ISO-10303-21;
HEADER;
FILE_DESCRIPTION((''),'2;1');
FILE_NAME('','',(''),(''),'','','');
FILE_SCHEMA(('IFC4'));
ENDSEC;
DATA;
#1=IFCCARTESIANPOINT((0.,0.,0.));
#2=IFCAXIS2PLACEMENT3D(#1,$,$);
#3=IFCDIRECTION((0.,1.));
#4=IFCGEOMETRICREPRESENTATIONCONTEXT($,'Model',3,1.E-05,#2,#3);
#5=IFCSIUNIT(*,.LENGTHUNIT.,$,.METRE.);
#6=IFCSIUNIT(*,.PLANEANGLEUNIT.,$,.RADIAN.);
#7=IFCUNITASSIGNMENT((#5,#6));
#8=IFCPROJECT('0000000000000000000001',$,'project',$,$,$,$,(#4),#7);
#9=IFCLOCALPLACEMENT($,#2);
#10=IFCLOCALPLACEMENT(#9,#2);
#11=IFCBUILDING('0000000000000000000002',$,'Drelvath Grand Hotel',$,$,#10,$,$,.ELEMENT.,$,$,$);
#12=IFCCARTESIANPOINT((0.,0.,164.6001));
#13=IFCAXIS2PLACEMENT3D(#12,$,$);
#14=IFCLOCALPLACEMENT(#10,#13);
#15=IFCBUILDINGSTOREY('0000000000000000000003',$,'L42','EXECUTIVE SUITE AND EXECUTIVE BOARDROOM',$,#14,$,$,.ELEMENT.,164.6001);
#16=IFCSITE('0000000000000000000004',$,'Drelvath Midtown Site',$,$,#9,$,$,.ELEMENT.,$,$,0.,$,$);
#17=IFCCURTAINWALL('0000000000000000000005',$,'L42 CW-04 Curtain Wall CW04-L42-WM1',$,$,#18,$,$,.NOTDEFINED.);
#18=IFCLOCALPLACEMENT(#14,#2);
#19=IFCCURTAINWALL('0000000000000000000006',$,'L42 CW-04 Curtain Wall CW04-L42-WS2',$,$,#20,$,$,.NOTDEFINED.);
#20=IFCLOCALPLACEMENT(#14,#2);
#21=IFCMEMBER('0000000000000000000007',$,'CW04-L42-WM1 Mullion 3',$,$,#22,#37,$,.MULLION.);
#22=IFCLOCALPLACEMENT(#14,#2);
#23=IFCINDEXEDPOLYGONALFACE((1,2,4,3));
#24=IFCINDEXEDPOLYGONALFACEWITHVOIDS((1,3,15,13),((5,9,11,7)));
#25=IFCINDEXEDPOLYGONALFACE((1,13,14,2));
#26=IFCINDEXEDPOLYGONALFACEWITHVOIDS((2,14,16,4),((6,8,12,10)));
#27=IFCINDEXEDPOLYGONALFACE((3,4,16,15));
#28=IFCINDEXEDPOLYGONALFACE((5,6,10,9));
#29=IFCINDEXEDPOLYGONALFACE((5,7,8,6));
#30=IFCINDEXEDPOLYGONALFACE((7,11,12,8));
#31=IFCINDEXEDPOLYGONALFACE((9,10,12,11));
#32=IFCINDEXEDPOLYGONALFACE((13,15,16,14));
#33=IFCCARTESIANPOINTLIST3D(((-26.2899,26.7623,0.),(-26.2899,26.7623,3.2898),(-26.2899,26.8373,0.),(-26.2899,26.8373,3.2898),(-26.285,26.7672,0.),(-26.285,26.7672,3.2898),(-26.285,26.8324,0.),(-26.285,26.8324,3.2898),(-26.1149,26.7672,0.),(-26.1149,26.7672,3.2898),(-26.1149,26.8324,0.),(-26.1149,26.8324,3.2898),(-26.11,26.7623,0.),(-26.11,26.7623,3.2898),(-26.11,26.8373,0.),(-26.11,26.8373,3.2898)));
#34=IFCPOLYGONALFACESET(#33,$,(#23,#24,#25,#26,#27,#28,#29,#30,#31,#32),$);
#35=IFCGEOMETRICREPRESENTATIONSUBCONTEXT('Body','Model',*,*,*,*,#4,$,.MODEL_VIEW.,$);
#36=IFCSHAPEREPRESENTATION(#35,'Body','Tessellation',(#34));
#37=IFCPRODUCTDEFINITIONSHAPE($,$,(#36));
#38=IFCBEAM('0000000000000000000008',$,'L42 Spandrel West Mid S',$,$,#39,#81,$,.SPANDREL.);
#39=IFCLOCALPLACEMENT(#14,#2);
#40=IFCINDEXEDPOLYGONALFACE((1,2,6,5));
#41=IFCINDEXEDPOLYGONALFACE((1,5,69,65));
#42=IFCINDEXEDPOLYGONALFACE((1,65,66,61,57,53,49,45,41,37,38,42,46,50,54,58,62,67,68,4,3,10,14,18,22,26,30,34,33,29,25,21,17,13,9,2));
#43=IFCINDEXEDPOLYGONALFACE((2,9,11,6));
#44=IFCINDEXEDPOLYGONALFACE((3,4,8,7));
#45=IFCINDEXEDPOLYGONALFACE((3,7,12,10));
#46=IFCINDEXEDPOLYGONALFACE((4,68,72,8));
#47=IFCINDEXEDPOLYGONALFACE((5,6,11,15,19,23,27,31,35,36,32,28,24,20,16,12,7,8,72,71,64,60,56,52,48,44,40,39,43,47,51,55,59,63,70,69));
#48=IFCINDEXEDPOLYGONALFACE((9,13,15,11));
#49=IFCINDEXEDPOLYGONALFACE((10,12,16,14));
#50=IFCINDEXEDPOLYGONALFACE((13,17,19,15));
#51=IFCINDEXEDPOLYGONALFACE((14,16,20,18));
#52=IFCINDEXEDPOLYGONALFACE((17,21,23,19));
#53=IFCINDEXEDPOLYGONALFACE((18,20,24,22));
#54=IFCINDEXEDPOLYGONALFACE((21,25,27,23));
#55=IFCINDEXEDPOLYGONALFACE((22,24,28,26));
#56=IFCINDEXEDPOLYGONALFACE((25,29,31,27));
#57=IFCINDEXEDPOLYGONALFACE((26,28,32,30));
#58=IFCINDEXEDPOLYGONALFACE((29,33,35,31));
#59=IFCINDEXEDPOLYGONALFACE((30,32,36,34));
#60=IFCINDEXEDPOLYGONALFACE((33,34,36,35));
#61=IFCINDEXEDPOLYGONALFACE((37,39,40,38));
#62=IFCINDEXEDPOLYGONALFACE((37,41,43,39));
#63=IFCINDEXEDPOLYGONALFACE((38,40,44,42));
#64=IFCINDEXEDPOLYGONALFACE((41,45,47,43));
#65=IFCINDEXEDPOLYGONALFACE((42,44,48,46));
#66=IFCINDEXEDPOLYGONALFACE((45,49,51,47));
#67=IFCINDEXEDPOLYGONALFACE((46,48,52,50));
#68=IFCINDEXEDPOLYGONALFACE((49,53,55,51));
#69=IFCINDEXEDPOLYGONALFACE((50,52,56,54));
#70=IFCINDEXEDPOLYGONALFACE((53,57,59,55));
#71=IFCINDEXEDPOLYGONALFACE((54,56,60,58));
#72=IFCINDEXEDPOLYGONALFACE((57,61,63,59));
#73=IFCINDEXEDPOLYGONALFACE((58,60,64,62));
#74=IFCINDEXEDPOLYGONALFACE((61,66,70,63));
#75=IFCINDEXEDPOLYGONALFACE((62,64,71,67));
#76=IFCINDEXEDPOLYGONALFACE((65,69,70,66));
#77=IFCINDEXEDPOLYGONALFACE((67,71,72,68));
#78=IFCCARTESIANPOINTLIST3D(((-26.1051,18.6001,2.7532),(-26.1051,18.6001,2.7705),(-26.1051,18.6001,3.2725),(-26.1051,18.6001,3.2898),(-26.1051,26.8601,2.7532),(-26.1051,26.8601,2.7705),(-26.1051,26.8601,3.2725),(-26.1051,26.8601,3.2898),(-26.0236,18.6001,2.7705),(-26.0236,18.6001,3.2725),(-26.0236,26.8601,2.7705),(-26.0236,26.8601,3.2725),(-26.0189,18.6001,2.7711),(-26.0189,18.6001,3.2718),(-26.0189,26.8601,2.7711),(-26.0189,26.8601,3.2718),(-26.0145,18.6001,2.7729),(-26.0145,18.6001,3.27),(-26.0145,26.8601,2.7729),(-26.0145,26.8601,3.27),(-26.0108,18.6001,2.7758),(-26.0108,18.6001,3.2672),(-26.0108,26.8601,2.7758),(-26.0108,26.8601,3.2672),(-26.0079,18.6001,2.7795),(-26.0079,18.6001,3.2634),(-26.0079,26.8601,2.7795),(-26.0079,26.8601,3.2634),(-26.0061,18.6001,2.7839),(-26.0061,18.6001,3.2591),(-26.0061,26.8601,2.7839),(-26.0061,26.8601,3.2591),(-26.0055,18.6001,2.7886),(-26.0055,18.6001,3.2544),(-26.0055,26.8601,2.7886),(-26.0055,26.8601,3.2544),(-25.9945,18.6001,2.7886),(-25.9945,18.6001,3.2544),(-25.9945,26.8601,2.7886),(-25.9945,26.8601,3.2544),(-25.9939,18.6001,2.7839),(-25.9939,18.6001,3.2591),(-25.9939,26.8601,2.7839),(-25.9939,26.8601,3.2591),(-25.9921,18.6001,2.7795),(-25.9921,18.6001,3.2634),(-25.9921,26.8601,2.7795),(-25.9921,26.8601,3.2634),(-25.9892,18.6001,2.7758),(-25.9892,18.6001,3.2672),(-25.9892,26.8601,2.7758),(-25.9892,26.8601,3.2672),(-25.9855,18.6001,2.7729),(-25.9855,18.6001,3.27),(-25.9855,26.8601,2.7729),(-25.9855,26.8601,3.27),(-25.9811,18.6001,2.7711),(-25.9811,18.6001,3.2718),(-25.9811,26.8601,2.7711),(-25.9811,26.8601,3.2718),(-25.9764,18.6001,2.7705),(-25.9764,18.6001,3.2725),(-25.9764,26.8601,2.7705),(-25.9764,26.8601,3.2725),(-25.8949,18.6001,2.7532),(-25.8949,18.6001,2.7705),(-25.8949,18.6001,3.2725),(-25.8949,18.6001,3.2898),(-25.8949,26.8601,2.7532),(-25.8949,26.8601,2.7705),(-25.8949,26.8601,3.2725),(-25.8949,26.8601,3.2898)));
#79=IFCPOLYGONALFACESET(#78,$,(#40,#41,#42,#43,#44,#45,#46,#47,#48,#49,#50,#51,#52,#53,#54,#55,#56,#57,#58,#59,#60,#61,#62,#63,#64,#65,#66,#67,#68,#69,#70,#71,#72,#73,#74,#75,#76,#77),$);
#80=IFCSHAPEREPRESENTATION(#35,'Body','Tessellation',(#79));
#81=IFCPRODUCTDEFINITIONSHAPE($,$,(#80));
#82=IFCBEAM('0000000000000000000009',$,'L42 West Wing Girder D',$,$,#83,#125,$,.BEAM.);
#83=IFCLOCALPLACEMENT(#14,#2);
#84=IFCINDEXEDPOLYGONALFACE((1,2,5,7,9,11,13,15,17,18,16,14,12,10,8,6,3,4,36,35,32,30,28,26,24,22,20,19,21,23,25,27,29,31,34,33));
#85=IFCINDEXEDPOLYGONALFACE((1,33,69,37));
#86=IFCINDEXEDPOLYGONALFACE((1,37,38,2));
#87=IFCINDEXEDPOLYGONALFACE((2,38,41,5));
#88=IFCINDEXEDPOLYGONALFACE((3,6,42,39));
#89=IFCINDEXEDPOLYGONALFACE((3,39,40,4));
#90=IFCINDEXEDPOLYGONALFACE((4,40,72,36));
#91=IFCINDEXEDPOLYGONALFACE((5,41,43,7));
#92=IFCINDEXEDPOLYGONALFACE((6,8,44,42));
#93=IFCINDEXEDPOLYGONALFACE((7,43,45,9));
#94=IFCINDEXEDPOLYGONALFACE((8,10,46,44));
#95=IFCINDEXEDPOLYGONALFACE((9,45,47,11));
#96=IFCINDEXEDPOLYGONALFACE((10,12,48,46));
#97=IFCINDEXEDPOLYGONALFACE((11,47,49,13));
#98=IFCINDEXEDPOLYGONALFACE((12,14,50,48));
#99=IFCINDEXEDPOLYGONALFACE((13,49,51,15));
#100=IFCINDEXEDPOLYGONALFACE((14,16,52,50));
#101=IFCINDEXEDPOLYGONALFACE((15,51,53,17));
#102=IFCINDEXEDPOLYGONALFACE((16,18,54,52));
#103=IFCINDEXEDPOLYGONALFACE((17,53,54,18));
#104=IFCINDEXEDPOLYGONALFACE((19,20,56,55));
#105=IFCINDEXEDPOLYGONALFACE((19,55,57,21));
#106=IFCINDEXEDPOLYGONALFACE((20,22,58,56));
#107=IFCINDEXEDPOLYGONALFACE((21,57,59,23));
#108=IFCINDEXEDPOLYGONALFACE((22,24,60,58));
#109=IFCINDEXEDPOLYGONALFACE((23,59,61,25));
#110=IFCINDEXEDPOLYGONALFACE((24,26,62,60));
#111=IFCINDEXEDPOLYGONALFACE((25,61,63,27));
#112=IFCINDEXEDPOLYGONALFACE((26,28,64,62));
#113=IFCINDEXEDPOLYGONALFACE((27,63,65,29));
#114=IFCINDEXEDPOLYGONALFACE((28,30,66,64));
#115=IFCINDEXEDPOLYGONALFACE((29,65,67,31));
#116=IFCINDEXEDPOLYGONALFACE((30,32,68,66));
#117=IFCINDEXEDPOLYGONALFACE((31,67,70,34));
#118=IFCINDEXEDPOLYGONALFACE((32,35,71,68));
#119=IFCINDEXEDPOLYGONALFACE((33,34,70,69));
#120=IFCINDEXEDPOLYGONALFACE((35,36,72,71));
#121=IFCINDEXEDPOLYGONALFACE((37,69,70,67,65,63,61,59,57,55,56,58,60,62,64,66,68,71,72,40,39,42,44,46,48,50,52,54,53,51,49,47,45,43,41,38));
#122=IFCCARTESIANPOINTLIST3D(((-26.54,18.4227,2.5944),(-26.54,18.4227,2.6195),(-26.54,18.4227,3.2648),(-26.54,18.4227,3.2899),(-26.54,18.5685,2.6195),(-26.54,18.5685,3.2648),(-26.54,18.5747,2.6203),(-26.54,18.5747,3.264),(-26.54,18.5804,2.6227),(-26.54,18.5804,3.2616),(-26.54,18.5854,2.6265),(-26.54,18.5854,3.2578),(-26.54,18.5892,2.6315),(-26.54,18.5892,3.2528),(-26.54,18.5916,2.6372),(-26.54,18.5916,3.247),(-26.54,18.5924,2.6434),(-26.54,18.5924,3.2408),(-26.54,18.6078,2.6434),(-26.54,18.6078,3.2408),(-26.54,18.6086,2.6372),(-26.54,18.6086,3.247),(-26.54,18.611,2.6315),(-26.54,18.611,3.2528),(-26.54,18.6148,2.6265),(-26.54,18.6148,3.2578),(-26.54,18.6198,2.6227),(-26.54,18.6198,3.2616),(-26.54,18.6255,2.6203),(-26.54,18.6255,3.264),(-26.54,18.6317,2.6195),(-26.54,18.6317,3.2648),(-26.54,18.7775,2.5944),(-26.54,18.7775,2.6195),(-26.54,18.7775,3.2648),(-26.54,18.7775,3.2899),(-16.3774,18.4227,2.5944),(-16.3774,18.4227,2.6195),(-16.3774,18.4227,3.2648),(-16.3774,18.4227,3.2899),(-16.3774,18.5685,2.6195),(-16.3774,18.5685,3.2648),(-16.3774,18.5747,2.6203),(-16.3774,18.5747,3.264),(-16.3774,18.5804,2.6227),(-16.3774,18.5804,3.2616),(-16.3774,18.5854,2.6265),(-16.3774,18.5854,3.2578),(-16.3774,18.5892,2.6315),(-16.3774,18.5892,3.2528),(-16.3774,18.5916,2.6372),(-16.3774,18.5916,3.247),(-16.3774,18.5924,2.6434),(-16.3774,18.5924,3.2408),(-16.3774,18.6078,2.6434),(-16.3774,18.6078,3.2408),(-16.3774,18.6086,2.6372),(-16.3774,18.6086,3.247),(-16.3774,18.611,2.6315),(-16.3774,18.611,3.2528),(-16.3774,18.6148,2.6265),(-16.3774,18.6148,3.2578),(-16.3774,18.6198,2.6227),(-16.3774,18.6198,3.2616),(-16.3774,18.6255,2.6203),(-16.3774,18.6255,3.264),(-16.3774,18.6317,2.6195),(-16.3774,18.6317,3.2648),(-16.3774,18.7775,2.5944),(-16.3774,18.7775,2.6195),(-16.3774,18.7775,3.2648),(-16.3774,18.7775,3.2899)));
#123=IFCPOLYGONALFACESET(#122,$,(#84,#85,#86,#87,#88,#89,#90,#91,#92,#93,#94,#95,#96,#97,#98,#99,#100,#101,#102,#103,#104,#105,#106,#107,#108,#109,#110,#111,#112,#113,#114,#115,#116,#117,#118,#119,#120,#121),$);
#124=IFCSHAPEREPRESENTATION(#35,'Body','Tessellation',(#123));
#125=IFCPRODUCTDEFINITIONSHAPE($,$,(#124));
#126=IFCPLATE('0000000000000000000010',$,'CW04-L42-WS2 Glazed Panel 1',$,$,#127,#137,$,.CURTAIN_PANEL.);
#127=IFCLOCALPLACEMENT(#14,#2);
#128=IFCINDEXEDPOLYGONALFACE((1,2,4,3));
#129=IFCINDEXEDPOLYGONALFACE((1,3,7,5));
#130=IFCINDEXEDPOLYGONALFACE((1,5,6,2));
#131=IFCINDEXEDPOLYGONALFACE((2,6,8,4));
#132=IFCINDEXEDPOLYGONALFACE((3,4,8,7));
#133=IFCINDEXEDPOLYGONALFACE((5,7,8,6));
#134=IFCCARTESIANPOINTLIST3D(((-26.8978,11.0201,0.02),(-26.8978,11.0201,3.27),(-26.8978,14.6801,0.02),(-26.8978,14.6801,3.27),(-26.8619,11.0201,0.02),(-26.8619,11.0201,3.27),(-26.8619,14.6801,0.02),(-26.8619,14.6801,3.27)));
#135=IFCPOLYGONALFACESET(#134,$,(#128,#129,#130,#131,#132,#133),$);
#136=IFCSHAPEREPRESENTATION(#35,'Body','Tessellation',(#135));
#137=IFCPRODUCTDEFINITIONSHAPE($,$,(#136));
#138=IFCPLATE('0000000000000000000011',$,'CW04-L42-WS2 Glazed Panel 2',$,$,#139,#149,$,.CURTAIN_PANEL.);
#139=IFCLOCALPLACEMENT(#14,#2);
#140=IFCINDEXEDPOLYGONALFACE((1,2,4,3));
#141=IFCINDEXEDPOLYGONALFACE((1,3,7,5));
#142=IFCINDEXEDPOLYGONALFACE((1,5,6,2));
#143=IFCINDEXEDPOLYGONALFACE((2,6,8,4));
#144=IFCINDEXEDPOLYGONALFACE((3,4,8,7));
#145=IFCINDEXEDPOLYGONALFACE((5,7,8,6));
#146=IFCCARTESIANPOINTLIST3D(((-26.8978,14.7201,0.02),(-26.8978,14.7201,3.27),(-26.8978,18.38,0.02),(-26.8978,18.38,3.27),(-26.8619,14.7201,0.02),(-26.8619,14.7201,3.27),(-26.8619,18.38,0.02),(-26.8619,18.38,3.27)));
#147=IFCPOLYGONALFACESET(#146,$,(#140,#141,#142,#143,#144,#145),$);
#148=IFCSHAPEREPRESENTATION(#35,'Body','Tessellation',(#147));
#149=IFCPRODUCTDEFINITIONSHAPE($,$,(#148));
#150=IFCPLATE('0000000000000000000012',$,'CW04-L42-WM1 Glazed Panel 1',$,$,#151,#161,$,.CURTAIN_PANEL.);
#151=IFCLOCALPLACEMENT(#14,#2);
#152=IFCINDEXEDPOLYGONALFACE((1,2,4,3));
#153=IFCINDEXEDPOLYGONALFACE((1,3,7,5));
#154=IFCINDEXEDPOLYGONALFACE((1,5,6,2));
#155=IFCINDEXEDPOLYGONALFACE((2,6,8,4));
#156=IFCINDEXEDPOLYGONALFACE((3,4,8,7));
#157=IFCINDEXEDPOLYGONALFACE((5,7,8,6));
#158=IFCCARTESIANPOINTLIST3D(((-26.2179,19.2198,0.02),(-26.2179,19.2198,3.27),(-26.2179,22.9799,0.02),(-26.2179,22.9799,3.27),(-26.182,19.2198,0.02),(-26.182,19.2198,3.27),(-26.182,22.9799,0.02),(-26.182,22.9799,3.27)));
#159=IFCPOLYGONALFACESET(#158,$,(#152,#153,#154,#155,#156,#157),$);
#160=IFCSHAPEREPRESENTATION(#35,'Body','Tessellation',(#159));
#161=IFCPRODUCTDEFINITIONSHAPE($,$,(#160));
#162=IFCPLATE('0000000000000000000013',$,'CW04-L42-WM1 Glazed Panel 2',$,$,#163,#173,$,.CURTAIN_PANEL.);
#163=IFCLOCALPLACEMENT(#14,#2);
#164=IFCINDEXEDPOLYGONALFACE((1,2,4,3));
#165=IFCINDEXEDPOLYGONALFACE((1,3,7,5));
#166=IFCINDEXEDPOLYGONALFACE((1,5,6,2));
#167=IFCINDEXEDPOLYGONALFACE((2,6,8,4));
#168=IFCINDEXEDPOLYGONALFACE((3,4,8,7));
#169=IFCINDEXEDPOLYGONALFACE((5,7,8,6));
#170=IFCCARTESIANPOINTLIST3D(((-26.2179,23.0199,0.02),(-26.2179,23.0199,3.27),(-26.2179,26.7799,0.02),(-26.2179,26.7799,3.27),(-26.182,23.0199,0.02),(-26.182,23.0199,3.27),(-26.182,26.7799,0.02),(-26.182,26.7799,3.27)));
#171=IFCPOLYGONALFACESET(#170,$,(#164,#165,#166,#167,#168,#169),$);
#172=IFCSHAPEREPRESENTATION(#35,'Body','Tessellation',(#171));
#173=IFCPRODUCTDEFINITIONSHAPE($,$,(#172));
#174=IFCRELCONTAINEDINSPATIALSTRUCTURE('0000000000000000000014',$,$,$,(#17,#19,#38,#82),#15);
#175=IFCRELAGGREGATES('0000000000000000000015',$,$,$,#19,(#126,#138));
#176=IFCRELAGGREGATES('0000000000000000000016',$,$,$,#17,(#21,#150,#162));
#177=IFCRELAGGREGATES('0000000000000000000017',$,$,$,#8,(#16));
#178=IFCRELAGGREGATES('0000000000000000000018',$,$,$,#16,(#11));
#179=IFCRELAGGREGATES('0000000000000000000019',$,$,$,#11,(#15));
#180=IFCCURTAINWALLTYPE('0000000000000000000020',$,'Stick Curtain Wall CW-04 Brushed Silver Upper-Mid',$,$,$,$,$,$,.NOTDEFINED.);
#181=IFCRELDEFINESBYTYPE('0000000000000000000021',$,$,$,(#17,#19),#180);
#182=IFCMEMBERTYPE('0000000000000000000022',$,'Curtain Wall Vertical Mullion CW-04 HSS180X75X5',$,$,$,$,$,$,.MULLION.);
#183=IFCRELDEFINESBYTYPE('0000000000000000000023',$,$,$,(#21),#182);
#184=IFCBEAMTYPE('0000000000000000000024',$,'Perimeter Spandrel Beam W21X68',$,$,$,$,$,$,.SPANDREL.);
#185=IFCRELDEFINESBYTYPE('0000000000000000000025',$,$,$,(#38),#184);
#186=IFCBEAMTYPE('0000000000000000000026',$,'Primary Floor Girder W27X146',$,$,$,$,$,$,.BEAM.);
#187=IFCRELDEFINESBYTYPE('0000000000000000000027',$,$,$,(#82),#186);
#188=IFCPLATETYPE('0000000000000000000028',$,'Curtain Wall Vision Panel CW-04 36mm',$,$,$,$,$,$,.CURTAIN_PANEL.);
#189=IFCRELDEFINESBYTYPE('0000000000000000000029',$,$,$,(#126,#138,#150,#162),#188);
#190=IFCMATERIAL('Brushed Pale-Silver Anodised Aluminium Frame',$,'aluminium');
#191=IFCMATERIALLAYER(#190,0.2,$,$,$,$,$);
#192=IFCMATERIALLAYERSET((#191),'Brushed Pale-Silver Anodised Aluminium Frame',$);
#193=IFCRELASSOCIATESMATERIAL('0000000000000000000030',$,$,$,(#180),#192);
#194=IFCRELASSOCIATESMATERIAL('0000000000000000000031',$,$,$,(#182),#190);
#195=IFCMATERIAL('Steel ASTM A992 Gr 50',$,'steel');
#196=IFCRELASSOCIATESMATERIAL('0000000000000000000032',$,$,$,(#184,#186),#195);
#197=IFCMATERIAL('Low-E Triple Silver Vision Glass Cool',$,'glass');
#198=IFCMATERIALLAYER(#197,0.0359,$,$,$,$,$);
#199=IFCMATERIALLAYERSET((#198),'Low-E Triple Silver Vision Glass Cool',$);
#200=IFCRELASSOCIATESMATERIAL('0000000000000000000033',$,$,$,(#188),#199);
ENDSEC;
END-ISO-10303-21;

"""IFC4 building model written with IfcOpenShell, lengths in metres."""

from ifc_helpers import new_model, si_unit, direction, frame, origin, origin_2d, place, context, subcontext, project, spatial, rectangle, hollow_rectangle, i_section, extrude, material, layer, layer_set, material_profile, profile_set, type_object, element, aggregate, save


model = new_model("IFC4")

# Units and contexts
model_context = context("Model", 3, precision=1e-05, world=origin(), true_north=direction((0.0, 1.0)))
body_context = subcontext(model_context, "Body", "Model", "MODEL_VIEW")
ifc_project = project(units=[si_unit("LENGTHUNIT", "METRE"), si_unit("PLANEANGLEUNIT", "RADIAN")], contexts=[model_context])

# Site, building, storey
site_placement = place(None, origin())
site = spatial("IfcSite", under=ifc_project, at=site_placement, Name="Drelvath Midtown Site", CompositionType="ELEMENT", RefElevation=0.0)
building_placement = place(site_placement, origin())
building = spatial("IfcBuilding", under=site, at=building_placement, Name="Drelvath Grand Hotel", CompositionType="ELEMENT")
storey_placement = place(building_placement, frame((0.0, 0.0, 164.6001)))
storey = spatial("IfcBuildingStorey", under=building, at=storey_placement, Name="L42", Description="EXECUTIVE SUITE AND EXECUTIVE BOARDROOM", CompositionType="ELEMENT", Elevation=164.6001)

# Shared definitions
ifc_material_1 = material(Name="Steel ASTM A992 Gr 50", Category="steel")

# Curtain wall
ifc_material_2 = material(Name="Brushed Pale-Silver Anodised Aluminium Frame", Category="aluminium")
ifc_layer_1 = layer(ifc_material_2, 0.2)
ifc_layer_set_1 = layer_set([ifc_layer_1], Name="Brushed Pale-Silver Anodised Aluminium Frame")
curtain_wall_type = type_object("IfcCurtainWallType", Name="Stick Curtain Wall CW-04 Brushed Silver Upper-Mid", PredefinedType="NOTDEFINED", material=ifc_layer_set_1)
curtain_wall_1_placement = place(storey_placement, origin())
curtain_wall_1 = element("IfcCurtainWall", 1, at=curtain_wall_1_placement, inside=storey, type_object=curtain_wall_type, Name="L42 CW-04 Curtain Wall CW04-L42-WM1", PredefinedType="NOTDEFINED")

# Curtain wall
curtain_wall_2_placement = place(storey_placement, origin())
curtain_wall_2 = element("IfcCurtainWall", 2, at=curtain_wall_2_placement, inside=storey, type_object=curtain_wall_type, Name="L42 CW-04 Curtain Wall CW04-L42-WS2", PredefinedType="NOTDEFINED")
ifc_material_profile_1 = material_profile(ifc_material_2, hollow_rectangle(XDim=0.075, YDim=0.1799, WallThickness=0.0049, at=origin_2d()), Name="HSS180X75X5")
ifc_profile_set_1 = profile_set([ifc_material_profile_1], Name="Brushed Pale-Silver Anodised Aluminium Frame")
member_type_1 = type_object("IfcMemberType", Name="Curtain Wall Vertical Mullion CW-04 HSS180X75X5", PredefinedType="MULLION", material=ifc_profile_set_1)

# Member
member_1_placement = place(storey_placement, frame((-26.2, 26.7998, 0.0), z_axis=(0.0, 0.0, 1.0), x_axis=(0.0, 1.0, 0.0)))
member_1 = element("IfcMember", 3, at=member_1_placement, type_object=member_type_1, Name="CW04-L42-WM1 Mullion 3", PredefinedType="MULLION", context=body_context, shape_type="SweptSolid", body=[
    extrude(hollow_rectangle(XDim=0.075, YDim=0.1799, WallThickness=0.0049, at=origin_2d()), origin(), (0.0, 0.0, 1.0), 3.2898),
])

# Beams
ifc_material_profile_2 = material_profile(ifc_material_1, i_section(OverallWidth=0.2102, OverallDepth=0.5366, WebThickness=0.011, FlangeThickness=0.0173, FilletRadius=0.0181, at=origin_2d()), Name="W21X68")
ifc_profile_set_2 = profile_set([ifc_material_profile_2], Name="Steel ASTM A992 Gr 50")
beam_type_1 = type_object("IfcBeamType", Name="Perimeter Spandrel Beam W21X68", PredefinedType="SPANDREL", material=ifc_profile_set_2)
beam_1_placement = place(storey_placement, frame((-26.0, 18.6001, 3.0215), z_axis=(0.0, 1.0, 0.0), x_axis=(-1.0, 0.0, 0.0)))
element("IfcBeam", 4, at=beam_1_placement, inside=storey, type_object=beam_type_1, Name="L42 Spandrel West Mid S", PredefinedType="SPANDREL", context=body_context, shape_type="SweptSolid", body=[
    extrude(i_section(OverallWidth=0.2102, OverallDepth=0.5366, WebThickness=0.011, FlangeThickness=0.0173, FilletRadius=0.0181, at=origin_2d()), origin(), (0.0, 0.0, 1.0), 8.26),
])
ifc_material_profile_3 = material_profile(ifc_material_1, i_section(OverallWidth=0.3547, OverallDepth=0.6956, WebThickness=0.0154, FlangeThickness=0.0251, FilletRadius=0.0239, at=origin_2d()), Name="W27X146")
ifc_profile_set_3 = profile_set([ifc_material_profile_3], Name="Steel ASTM A992 Gr 50")
beam_type_2 = type_object("IfcBeamType", Name="Primary Floor Girder W27X146", PredefinedType="BEAM", material=ifc_profile_set_3)
beam_2_placement = place(storey_placement, frame((-26.54, 18.6001, 2.9421), z_axis=(1.0, 0.0, 0.0), x_axis=(0.0, 1.0, 0.0)))
element("IfcBeam", 5, at=beam_2_placement, inside=storey, type_object=beam_type_2, Name="L42 West Wing Girder D", PredefinedType="BEAM", context=body_context, shape_type="SweptSolid", body=[
    extrude(i_section(OverallWidth=0.3547, OverallDepth=0.6956, WebThickness=0.0154, FlangeThickness=0.0251, FilletRadius=0.0239, at=origin_2d()), origin(), (0.0, 0.0, 1.0), 10.1626),
])

# Plates
ifc_material_3 = material(Name="Low-E Triple Silver Vision Glass Cool", Category="glass")
ifc_layer_2 = layer(ifc_material_3, 0.0359)
ifc_layer_set_2 = layer_set([ifc_layer_2], Name="Low-E Triple Silver Vision Glass Cool")
plate_type = type_object("IfcPlateType", Name="Curtain Wall Vision Panel CW-04 36mm", PredefinedType="CURTAIN_PANEL", material=ifc_layer_set_2)
plate_1_placement = place(storey_placement, frame((-26.8799, 12.8501, 0.02), z_axis=(0.0, 0.0, 1.0), x_axis=(0.0, 1.0, 0.0)))
plate_1 = element("IfcPlate", 6, at=plate_1_placement, type_object=plate_type, Name="CW04-L42-WS2 Glazed Panel 1", PredefinedType="CURTAIN_PANEL", context=body_context, shape_type="SweptSolid", body=[
    extrude(rectangle(XDim=3.6599, YDim=0.0359, at=origin_2d()), origin(), (0.0, 0.0, 1.0), 3.25),
])
plate_2_placement = place(storey_placement, frame((-26.8799, 16.55, 0.02), z_axis=(0.0, 0.0, 1.0), x_axis=(0.0, 1.0, 0.0)))
plate_2 = element("IfcPlate", 7, at=plate_2_placement, type_object=plate_type, Name="CW04-L42-WS2 Glazed Panel 2", PredefinedType="CURTAIN_PANEL", context=body_context, shape_type="SweptSolid", body=[
    extrude(rectangle(XDim=3.6599, YDim=0.0359, at=origin_2d()), origin(), (0.0, 0.0, 1.0), 3.25),
])
aggregate(curtain_wall_2, [plate_1, plate_2])
plate_3_placement = place(storey_placement, frame((-26.2, 21.0999, 0.02), z_axis=(0.0, 0.0, 1.0), x_axis=(0.0, 1.0, 0.0)))
plate_3 = element("IfcPlate", 8, at=plate_3_placement, type_object=plate_type, Name="CW04-L42-WM1 Glazed Panel 1", PredefinedType="CURTAIN_PANEL", context=body_context, shape_type="SweptSolid", body=[
    extrude(rectangle(XDim=3.76, YDim=0.0359, at=origin_2d()), origin(), (0.0, 0.0, 1.0), 3.25),
])
plate_4_placement = place(storey_placement, frame((-26.2, 24.8999, 0.02), z_axis=(0.0, 0.0, 1.0), x_axis=(0.0, 1.0, 0.0)))
plate_4 = element("IfcPlate", 9, at=plate_4_placement, type_object=plate_type, Name="CW04-L42-WM1 Glazed Panel 2", PredefinedType="CURTAIN_PANEL", context=body_context, shape_type="SweptSolid", body=[
    extrude(rectangle(XDim=3.76, YDim=0.0359, at=origin_2d()), origin(), (0.0, 0.0, 1.0), 3.25),
])
aggregate(curtain_wall_1, [member_1, plate_3, plate_4])

save(model, "model.ifc")
